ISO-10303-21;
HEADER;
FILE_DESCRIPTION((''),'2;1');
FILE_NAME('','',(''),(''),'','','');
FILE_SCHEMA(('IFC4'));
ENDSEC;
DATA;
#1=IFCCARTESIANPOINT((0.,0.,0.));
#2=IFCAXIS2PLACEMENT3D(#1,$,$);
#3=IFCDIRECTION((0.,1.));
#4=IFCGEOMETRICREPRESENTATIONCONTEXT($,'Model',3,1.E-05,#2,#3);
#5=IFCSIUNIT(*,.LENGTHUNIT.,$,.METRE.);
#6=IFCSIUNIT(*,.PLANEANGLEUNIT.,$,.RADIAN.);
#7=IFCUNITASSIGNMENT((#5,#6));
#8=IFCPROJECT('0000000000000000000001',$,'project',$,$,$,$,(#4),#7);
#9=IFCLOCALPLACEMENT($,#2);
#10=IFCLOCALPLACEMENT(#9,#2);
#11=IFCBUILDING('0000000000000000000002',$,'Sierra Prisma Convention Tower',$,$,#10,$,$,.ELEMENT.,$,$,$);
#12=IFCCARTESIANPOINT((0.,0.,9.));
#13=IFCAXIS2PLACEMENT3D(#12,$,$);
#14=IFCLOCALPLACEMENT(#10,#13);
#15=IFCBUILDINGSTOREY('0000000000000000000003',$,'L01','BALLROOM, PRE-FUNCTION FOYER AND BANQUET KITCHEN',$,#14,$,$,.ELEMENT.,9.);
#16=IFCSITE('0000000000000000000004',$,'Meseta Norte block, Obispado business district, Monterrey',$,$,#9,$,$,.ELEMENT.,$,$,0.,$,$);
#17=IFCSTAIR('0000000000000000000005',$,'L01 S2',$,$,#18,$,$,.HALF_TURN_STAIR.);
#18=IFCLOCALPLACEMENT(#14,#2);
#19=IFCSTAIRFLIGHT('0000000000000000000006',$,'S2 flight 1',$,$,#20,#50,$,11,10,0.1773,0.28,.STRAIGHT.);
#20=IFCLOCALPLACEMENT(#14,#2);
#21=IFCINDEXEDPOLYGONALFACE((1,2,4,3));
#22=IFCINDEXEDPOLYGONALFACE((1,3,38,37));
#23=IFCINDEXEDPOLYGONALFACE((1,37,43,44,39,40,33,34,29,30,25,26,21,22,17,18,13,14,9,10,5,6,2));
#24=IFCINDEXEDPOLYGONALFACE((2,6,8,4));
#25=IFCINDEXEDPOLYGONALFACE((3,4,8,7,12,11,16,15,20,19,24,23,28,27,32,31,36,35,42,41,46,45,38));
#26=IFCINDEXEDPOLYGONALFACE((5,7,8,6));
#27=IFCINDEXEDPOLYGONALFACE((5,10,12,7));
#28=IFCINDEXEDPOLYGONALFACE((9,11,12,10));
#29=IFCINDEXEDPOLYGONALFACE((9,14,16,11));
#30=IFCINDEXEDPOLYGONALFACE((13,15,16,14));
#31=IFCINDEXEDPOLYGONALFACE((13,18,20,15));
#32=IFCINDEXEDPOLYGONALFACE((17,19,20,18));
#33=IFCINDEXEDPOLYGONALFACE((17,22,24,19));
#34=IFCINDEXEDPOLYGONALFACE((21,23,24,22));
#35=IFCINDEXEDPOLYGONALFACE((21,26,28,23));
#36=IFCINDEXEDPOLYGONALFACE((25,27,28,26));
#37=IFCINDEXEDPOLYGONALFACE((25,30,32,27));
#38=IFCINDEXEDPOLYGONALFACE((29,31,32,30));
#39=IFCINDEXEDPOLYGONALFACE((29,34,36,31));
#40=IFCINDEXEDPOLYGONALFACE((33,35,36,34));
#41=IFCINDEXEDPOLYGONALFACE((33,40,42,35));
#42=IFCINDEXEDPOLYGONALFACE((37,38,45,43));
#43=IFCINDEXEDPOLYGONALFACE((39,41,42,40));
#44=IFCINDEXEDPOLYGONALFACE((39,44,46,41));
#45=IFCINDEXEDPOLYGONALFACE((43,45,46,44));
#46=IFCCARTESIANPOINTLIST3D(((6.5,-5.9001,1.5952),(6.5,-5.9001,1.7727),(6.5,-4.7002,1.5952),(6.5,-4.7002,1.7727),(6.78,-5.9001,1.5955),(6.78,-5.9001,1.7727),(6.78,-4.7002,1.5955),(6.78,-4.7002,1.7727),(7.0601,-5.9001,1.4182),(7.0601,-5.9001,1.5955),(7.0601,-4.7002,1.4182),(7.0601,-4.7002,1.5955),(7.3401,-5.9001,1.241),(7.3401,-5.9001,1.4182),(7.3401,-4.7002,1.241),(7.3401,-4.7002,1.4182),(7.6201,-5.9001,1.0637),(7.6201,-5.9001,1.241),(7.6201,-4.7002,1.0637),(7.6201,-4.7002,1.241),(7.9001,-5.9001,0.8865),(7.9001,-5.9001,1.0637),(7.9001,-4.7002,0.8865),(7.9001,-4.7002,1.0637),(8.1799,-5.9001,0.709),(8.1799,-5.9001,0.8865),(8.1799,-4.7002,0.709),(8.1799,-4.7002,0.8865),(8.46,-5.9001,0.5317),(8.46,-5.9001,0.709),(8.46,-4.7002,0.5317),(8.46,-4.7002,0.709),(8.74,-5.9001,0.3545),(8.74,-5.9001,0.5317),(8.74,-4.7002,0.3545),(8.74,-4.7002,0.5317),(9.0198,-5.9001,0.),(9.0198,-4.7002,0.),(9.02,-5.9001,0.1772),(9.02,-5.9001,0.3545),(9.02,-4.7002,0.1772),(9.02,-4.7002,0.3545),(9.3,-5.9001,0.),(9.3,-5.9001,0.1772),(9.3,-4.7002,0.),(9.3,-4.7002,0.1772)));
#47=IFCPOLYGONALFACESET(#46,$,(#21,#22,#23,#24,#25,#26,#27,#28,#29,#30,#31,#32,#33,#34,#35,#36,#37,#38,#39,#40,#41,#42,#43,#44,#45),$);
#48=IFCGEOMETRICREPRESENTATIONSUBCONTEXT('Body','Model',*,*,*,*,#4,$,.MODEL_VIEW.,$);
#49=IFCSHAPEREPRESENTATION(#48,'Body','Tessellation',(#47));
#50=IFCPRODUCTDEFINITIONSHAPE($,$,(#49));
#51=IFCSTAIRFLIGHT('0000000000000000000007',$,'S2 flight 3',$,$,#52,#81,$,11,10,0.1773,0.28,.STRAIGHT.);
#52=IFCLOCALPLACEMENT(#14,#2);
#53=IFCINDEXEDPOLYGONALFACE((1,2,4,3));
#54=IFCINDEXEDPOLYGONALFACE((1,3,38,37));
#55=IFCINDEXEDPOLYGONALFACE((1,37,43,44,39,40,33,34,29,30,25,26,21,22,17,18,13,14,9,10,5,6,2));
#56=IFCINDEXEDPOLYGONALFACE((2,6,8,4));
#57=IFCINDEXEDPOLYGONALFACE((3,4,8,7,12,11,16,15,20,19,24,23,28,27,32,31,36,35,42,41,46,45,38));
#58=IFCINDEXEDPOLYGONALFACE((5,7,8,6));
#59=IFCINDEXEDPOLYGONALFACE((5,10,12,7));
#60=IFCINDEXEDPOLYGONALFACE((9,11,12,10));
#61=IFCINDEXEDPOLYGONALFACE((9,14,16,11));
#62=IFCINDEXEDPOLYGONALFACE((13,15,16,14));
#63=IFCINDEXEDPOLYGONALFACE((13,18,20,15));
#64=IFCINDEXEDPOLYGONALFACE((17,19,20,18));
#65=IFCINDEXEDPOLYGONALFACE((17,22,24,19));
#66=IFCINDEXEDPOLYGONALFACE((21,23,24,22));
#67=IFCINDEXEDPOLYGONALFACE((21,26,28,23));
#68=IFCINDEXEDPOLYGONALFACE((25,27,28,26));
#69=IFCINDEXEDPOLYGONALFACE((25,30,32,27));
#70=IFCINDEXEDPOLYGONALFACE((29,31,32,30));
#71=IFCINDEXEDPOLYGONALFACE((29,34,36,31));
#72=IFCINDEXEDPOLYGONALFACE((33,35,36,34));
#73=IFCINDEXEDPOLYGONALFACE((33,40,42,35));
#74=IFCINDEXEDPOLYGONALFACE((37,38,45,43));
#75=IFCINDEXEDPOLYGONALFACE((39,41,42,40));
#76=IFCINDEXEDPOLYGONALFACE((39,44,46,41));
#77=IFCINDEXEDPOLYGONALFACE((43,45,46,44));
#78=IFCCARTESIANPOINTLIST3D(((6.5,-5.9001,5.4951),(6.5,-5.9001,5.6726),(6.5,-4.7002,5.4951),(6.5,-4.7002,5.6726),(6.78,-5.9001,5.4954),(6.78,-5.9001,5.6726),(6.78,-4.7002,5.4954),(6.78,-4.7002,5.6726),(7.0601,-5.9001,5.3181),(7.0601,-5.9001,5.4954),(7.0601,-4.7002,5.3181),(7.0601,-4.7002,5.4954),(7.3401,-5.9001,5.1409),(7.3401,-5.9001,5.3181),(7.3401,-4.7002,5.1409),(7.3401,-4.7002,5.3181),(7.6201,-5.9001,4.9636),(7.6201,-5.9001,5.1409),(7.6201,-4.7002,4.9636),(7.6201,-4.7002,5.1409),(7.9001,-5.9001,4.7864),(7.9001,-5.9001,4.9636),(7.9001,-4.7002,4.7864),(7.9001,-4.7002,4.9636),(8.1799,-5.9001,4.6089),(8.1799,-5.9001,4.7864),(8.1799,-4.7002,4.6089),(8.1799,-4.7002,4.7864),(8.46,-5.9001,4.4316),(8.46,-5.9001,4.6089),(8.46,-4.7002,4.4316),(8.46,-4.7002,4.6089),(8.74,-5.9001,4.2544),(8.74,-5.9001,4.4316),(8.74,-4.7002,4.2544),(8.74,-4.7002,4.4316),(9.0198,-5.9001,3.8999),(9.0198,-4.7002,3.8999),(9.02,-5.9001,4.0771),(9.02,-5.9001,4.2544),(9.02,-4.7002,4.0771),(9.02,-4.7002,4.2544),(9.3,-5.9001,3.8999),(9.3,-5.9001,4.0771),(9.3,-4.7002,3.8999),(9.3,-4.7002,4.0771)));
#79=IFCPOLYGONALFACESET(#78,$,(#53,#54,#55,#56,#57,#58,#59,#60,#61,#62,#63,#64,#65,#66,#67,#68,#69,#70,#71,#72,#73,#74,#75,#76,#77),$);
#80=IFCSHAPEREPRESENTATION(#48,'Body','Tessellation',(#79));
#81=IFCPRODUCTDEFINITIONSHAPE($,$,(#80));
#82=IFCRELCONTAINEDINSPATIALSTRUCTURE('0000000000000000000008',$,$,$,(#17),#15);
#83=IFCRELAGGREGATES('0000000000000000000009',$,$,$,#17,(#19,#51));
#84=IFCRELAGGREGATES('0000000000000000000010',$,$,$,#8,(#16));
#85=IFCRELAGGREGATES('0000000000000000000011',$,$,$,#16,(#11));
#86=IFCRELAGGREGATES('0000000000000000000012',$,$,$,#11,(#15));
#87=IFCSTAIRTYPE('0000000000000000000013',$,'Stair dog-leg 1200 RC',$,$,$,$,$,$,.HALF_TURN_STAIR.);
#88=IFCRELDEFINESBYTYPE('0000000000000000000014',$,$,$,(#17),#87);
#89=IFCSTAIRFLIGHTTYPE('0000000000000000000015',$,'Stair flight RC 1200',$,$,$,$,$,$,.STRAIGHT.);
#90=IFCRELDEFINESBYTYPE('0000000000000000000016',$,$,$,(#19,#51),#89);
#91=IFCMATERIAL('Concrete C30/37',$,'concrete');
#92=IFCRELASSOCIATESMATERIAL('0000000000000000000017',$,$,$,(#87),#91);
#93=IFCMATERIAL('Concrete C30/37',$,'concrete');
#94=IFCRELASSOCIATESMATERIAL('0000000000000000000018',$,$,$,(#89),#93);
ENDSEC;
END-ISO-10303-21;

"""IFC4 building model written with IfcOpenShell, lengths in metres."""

from ifc_helpers import new_model, si_unit, direction, frame, origin, place, context, subcontext, project, spatial, polyline, outline, extrude, material, type_object, element, aggregate, save


model = new_model("IFC4")

# Units and contexts
model_context = context("Model", 3, precision=1e-05, world=origin(), true_north=direction((0.0, 1.0)))
body_context = subcontext(model_context, "Body", "Model", "MODEL_VIEW")
ifc_project = project(units=[si_unit("LENGTHUNIT", "METRE"), si_unit("PLANEANGLEUNIT", "RADIAN")], contexts=[model_context])

# Site, building, storey
site_placement = place(None, origin())
site = spatial("IfcSite", under=ifc_project, at=site_placement, Name="Meseta Norte block, Obispado business district, Monterrey", CompositionType="ELEMENT", RefElevation=0.0)
building_placement = place(site_placement, origin())
building = spatial("IfcBuilding", under=site, at=building_placement, Name="Sierra Prisma Convention Tower", CompositionType="ELEMENT")
storey_placement = place(building_placement, frame((0.0, 0.0, 9.0)))
storey = spatial("IfcBuildingStorey", under=building, at=storey_placement, Name="L01", Description="BALLROOM, PRE-FUNCTION FOYER AND BANQUET KITCHEN", CompositionType="ELEMENT", Elevation=9.0)

# Stair, stair flights
ifc_material_1 = material(Name="Concrete C30/37", Category="concrete")
stair_type = type_object("IfcStairType", Name="Stair dog-leg 1200 RC", PredefinedType="HALF_TURN_STAIR", material=ifc_material_1)
stair_placement = place(storey_placement, origin())
stair = element("IfcStair", 1, at=stair_placement, inside=storey, type_object=stair_type, Name="L01 S2", PredefinedType="HALF_TURN_STAIR")
ifc_material_2 = material(Name="Concrete C30/37", Category="concrete")
stair_flight_type = type_object("IfcStairFlightType", Name="Stair flight RC 1200", PredefinedType="STRAIGHT", material=ifc_material_2)
stair_flight_1_placement = place(storey_placement, frame((9.3, -5.3, 0.0), z_axis=(0.0, 0.0, 1.0), x_axis=(-1.0, 0.0, 0.0)))
stair_flight_1 = element("IfcStairFlight", 2, at=stair_flight_1_placement, type_object=stair_flight_type, Name="S2 flight 1", NumberOfRisers=11, NumberOfTreads=10, PredefinedType="STRAIGHT", RiserHeight=0.1773, TreadLength=0.28, context=body_context, shape_type="SweptSolid", body=[
    extrude(outline(polyline([(0.0, 0.0), (0.0, 0.1772), (0.28, 0.1772), (0.28, 0.3545), (0.5601, 0.3545), (0.5601, 0.5317), (0.8401, 0.5317), (0.8401, 0.709), (1.1201, 0.709), (1.1201, 0.8865), (1.3999, 0.8865), (1.3999, 1.0637), (1.6799, 1.0637), (1.6799, 1.241), (1.96, 1.241), (1.96, 1.4182), (2.24, 1.4182), (2.24, 1.5955), (2.52, 1.5955), (2.52, 1.7727), (2.8, 1.7727), (2.8, 1.95), (2.8, 1.5952), (0.2803, 0.0), (0.0, 0.0)])), frame((0.0, 0.6001, 0.0), z_axis=(0.0, -1.0, 0.0), x_axis=(1.0, 0.0, 0.0)), (0.0, 0.0, 1.0), 1.2),
])
stair_flight_2_placement = place(storey_placement, frame((9.3, -5.3, 3.8999), z_axis=(0.0, 0.0, 1.0), x_axis=(-1.0, 0.0, 0.0)))
stair_flight_2 = element("IfcStairFlight", 3, at=stair_flight_2_placement, type_object=stair_flight_type, Name="S2 flight 3", NumberOfRisers=11, NumberOfTreads=10, PredefinedType="STRAIGHT", RiserHeight=0.1773, TreadLength=0.28, context=body_context, shape_type="SweptSolid", body=[
    extrude(outline(polyline([(0.0, 0.0), (0.0, 0.1772), (0.28, 0.1772), (0.28, 0.3545), (0.5601, 0.3545), (0.5601, 0.5317), (0.8401, 0.5317), (0.8401, 0.709), (1.1201, 0.709), (1.1201, 0.8865), (1.3999, 0.8865), (1.3999, 1.0637), (1.6799, 1.0637), (1.6799, 1.241), (1.96, 1.241), (1.96, 1.4182), (2.24, 1.4182), (2.24, 1.5955), (2.52, 1.5955), (2.52, 1.7727), (2.8, 1.7727), (2.8, 1.95), (2.8, 1.5952), (0.2803, 0.0), (0.0, 0.0)])), frame((0.0, 0.6001, 0.0), z_axis=(0.0, -1.0, 0.0), x_axis=(1.0, 0.0, 0.0)), (0.0, 0.0, 1.0), 1.2),
])
aggregate(stair, [stair_flight_1, stair_flight_2])

save(model, "model.ifc")
